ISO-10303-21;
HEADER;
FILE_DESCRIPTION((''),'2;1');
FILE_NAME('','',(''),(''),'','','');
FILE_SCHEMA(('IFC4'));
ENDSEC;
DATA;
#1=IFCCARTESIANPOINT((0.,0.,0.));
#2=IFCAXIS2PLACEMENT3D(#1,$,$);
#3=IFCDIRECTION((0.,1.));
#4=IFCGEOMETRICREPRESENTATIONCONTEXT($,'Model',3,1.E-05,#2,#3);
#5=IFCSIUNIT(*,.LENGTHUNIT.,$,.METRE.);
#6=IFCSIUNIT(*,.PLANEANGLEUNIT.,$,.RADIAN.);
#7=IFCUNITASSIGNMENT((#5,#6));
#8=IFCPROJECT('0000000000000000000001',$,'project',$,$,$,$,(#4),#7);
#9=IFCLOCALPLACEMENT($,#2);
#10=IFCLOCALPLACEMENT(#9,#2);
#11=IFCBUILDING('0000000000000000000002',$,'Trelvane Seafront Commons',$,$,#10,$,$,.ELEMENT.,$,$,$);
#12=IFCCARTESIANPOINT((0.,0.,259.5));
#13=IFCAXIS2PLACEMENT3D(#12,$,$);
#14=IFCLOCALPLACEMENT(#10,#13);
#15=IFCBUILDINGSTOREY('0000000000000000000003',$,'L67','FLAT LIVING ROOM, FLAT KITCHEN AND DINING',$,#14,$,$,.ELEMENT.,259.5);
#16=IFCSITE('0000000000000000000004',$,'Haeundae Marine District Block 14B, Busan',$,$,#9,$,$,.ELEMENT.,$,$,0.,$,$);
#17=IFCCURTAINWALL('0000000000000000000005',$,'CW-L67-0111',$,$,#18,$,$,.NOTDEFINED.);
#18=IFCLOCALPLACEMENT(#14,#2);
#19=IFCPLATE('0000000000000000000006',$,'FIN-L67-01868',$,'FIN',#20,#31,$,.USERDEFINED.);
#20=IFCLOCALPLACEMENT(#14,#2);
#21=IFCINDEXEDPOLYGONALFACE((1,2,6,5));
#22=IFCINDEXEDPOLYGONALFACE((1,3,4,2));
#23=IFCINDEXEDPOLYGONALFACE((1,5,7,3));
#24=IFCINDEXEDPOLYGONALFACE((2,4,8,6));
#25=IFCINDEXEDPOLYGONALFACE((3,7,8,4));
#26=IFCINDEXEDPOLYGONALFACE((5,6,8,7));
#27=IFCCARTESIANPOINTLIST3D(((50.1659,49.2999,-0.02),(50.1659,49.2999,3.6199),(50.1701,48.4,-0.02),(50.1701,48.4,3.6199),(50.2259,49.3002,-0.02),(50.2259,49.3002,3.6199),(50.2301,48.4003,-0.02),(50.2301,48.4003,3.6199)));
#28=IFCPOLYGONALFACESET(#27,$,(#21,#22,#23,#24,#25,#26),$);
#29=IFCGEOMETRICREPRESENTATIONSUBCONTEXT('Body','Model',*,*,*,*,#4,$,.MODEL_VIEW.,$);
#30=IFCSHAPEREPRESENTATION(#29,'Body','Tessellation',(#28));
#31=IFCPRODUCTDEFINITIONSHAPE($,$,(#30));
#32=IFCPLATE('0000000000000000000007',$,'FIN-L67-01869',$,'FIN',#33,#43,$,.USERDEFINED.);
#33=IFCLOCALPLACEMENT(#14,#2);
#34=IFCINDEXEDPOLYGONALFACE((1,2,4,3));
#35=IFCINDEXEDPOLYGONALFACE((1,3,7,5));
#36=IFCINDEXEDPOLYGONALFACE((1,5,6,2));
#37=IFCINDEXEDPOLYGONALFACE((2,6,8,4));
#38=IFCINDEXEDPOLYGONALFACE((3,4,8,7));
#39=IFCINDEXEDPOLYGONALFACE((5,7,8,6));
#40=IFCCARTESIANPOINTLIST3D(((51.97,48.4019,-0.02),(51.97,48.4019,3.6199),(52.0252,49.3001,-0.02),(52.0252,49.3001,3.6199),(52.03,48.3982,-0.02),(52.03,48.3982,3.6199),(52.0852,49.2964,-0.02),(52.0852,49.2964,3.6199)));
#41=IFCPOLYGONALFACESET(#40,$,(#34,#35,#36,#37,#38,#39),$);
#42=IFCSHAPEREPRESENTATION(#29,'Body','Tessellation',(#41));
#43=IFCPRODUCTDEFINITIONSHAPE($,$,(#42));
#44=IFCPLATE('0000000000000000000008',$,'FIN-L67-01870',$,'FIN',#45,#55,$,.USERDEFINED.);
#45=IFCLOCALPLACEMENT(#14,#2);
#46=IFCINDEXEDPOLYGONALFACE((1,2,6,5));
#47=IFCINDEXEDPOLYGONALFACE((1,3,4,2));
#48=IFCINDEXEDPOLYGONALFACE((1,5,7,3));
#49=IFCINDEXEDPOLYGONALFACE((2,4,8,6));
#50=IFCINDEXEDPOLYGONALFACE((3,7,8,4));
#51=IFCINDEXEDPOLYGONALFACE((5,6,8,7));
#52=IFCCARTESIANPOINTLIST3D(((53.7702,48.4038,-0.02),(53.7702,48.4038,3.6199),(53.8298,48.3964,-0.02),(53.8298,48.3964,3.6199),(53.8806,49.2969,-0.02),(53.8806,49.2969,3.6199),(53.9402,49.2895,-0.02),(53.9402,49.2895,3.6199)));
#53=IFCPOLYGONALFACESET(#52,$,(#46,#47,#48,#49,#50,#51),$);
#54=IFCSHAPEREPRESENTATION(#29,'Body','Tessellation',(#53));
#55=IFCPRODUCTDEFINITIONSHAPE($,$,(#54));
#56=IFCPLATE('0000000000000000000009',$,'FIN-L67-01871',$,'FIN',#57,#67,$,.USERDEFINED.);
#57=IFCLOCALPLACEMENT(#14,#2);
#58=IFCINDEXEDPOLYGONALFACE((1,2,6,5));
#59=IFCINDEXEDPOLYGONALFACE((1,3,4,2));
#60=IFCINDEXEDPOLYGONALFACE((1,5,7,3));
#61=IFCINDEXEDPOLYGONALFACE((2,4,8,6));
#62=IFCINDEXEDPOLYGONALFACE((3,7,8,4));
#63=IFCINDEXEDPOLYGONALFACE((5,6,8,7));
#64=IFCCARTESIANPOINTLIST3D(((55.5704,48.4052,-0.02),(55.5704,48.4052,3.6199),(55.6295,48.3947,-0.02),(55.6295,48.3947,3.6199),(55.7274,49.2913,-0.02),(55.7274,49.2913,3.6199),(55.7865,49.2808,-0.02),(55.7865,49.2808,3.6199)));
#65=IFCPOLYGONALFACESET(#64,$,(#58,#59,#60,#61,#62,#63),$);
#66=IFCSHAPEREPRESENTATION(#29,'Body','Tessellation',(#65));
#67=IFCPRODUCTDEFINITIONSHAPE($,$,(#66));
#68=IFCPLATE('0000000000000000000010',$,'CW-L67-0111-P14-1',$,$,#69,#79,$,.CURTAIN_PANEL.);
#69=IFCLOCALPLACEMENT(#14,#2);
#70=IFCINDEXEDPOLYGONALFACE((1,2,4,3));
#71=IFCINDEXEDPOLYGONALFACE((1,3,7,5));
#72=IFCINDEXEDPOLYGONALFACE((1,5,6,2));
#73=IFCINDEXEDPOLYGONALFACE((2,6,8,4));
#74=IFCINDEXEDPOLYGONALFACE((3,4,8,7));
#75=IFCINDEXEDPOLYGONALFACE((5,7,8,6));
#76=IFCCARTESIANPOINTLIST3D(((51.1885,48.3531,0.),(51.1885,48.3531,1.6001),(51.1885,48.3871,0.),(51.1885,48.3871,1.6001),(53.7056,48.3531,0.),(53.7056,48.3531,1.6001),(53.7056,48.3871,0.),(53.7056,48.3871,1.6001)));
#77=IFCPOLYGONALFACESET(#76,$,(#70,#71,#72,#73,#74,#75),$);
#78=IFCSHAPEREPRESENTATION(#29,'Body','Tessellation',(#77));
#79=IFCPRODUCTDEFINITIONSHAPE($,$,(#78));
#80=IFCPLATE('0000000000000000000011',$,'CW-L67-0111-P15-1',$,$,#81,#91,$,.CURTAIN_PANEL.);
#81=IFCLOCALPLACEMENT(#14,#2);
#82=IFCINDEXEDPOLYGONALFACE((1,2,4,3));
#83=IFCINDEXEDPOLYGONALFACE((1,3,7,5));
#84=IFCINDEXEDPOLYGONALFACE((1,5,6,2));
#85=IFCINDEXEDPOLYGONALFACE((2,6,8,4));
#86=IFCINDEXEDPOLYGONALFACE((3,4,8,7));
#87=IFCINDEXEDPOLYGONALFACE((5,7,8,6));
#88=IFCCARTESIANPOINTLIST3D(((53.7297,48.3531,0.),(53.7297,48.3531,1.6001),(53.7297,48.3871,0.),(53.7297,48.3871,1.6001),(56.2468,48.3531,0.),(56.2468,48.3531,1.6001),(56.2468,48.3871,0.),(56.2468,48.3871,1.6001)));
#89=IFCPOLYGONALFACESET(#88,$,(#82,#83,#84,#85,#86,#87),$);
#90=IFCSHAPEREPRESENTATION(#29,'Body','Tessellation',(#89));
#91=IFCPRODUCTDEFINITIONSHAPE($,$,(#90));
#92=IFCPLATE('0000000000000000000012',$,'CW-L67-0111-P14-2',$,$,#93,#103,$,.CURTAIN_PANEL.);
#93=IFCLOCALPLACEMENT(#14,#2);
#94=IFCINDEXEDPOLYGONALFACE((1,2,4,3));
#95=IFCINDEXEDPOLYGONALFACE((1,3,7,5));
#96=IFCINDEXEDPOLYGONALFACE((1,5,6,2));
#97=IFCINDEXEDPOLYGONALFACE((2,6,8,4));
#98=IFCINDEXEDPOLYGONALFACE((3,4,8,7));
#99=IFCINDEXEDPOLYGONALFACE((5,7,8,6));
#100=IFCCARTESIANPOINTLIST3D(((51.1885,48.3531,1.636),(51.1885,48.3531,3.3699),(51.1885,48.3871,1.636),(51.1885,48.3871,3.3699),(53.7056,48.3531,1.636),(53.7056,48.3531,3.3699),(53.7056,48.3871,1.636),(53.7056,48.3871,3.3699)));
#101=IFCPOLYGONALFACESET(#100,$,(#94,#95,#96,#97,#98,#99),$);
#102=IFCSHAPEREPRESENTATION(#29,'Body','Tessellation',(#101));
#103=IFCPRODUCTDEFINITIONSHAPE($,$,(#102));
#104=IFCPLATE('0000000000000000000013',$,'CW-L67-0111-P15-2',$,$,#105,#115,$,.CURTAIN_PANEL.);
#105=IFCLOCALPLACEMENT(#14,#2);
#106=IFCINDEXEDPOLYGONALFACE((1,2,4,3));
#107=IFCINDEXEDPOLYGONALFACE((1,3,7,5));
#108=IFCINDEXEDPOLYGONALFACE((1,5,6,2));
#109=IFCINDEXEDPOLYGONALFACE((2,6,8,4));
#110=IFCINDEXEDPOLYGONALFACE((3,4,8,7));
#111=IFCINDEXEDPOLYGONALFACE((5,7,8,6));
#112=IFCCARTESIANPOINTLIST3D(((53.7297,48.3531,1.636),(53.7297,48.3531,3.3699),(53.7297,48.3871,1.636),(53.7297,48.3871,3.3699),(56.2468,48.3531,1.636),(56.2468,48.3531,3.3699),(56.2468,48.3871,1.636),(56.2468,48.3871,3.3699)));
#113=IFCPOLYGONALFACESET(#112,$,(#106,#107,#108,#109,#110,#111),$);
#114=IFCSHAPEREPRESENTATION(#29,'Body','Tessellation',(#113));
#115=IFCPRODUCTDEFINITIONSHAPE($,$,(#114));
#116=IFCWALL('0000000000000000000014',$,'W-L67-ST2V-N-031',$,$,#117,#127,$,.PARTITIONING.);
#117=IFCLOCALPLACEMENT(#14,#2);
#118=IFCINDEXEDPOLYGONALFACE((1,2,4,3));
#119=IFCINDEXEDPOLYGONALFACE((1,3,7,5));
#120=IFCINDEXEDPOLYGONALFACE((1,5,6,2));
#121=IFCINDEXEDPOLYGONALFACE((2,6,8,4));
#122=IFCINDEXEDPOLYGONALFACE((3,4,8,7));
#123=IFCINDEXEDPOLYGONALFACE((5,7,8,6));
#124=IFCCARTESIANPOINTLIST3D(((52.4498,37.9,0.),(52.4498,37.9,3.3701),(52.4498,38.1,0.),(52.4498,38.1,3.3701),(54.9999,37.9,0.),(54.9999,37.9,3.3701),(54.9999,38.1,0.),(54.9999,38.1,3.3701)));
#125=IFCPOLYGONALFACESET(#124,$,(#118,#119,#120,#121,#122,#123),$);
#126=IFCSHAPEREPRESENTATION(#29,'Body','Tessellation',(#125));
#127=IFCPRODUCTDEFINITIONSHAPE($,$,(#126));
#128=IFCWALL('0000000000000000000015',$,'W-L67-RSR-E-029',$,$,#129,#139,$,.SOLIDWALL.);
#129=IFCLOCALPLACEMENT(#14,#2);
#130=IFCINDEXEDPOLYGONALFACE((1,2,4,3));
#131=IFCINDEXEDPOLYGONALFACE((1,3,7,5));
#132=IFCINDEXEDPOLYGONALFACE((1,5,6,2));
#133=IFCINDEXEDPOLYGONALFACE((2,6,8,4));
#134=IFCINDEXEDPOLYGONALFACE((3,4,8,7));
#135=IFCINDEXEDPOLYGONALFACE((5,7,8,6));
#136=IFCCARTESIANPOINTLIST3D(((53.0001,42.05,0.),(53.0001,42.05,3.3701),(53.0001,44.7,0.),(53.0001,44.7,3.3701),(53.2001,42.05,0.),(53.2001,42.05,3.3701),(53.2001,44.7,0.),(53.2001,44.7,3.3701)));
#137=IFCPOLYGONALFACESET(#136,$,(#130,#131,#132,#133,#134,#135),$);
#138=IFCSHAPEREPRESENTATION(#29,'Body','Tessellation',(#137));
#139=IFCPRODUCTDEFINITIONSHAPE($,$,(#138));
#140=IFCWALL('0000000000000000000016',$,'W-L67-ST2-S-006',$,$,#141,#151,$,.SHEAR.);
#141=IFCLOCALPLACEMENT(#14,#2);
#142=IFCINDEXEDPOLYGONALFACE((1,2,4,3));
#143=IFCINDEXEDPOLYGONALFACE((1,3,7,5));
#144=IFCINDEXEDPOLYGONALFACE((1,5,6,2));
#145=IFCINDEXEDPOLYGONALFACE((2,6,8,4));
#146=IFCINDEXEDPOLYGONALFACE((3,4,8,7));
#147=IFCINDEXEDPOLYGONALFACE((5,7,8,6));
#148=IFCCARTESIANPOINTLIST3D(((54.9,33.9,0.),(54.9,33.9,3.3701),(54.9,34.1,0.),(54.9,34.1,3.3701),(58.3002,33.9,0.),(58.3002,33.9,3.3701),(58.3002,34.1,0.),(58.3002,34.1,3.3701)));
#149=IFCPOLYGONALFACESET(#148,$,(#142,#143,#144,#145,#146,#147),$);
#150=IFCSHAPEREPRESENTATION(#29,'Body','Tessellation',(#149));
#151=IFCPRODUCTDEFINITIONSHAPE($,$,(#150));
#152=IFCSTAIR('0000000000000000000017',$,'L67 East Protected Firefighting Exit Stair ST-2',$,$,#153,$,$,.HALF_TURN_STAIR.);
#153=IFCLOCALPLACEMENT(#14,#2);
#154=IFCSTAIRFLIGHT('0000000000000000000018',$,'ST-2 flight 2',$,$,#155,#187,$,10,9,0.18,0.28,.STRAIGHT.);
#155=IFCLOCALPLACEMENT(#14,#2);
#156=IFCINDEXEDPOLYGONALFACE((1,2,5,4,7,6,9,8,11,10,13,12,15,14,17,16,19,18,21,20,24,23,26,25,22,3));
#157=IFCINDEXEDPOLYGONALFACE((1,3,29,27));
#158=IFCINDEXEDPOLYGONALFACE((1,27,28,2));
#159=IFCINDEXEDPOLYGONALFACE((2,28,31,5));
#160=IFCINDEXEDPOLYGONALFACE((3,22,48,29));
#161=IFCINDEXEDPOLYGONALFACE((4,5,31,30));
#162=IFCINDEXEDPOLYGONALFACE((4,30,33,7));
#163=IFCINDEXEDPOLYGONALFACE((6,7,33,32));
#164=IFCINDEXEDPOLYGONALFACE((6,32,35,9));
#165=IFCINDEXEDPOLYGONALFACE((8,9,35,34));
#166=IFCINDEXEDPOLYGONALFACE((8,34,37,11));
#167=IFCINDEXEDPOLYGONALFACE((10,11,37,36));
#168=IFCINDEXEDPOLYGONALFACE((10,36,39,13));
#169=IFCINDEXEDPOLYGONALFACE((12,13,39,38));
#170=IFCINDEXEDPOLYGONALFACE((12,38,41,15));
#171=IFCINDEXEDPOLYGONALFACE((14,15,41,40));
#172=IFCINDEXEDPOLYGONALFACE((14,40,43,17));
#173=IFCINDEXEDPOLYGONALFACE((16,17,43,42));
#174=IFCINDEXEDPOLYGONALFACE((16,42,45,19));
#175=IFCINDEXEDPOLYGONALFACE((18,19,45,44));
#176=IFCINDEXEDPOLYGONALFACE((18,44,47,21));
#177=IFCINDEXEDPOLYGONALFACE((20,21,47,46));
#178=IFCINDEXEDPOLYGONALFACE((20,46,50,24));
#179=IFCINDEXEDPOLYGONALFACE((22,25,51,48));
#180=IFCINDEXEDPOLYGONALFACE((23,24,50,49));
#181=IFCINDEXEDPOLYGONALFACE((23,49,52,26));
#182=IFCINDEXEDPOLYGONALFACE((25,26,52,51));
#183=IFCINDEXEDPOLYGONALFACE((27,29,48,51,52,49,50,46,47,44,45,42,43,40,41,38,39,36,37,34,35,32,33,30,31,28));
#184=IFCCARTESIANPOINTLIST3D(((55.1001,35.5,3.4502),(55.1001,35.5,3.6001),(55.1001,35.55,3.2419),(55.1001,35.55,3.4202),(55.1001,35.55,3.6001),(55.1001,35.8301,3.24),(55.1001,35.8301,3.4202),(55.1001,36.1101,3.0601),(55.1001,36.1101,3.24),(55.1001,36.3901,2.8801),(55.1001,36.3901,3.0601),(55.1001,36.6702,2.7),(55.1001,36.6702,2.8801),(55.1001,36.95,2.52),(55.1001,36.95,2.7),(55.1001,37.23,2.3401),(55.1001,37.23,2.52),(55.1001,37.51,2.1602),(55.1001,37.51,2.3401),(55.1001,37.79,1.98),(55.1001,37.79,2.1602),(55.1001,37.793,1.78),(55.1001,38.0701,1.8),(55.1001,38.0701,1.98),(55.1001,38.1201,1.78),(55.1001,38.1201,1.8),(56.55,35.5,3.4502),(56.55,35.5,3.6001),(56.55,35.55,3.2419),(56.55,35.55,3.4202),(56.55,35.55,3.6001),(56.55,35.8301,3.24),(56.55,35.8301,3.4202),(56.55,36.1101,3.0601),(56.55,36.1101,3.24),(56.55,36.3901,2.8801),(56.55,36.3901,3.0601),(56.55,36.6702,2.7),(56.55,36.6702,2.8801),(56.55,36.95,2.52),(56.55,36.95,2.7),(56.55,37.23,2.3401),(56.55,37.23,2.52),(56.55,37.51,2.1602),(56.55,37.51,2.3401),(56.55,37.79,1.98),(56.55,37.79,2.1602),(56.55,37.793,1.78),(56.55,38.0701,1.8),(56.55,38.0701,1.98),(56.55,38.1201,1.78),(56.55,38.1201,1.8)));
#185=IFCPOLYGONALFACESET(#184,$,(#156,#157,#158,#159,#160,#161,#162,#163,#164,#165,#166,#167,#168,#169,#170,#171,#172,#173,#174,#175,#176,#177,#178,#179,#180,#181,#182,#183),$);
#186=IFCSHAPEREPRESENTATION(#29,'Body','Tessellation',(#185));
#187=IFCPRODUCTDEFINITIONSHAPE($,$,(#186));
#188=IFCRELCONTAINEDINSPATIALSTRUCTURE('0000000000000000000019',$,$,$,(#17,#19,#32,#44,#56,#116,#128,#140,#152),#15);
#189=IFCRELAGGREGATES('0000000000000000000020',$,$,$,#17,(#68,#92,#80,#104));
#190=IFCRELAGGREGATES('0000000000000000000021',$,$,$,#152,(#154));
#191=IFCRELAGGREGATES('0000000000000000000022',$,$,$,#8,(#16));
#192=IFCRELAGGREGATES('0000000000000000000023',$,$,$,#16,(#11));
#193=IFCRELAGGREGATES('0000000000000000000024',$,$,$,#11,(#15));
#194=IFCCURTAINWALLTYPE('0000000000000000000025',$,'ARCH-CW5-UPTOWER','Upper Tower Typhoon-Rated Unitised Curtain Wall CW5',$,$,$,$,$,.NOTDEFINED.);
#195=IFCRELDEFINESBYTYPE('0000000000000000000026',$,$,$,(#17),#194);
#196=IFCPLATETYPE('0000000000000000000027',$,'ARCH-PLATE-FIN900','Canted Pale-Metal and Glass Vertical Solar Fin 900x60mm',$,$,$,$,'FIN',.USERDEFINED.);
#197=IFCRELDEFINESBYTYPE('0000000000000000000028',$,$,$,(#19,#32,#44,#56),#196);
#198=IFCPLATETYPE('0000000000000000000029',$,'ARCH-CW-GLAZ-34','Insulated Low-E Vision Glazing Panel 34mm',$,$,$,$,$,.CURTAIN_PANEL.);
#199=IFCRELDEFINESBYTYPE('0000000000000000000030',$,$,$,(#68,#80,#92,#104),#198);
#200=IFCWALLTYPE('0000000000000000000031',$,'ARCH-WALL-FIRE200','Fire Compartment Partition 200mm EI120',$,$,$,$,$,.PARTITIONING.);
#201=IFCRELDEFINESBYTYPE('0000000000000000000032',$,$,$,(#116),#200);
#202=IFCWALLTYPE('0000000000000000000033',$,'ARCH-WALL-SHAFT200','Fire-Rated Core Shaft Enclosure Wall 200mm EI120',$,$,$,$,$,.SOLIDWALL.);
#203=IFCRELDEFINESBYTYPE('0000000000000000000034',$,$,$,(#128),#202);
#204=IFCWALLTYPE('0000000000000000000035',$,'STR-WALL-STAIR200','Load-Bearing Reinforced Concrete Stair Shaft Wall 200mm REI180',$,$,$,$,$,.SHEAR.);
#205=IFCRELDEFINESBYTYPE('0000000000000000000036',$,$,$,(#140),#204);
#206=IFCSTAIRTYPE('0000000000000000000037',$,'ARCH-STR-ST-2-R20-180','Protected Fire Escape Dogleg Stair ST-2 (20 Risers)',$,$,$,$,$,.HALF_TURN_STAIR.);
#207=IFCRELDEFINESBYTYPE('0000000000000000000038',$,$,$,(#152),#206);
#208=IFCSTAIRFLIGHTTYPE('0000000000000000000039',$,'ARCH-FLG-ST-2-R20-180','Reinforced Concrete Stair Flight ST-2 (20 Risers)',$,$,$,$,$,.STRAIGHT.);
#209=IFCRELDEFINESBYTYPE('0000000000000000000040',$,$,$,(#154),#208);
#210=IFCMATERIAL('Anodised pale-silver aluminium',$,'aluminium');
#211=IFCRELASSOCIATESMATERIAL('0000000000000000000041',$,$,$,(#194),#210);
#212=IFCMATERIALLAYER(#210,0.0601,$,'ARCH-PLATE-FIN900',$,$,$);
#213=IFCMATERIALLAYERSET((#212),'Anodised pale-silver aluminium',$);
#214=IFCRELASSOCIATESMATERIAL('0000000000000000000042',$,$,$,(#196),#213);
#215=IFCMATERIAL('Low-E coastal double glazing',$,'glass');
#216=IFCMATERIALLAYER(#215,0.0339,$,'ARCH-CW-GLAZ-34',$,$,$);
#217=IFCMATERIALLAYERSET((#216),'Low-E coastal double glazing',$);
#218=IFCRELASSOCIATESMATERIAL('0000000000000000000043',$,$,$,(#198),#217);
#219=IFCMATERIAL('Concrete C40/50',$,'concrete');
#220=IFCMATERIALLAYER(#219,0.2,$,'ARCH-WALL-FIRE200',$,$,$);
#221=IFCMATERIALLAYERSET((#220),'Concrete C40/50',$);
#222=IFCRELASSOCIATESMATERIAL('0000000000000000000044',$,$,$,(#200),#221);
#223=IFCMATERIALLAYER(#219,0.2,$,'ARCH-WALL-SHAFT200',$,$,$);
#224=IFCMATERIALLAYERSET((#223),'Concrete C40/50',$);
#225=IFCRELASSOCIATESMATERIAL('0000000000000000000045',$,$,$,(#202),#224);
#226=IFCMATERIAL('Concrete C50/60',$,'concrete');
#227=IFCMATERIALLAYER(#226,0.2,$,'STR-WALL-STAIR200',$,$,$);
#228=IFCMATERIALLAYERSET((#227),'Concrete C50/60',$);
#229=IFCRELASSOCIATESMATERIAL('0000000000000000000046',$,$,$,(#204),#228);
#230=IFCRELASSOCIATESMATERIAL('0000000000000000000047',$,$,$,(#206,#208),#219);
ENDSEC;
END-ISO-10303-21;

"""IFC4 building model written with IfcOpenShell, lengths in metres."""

from ifc_helpers import new_model, si_unit, direction, frame, frame_2d, origin, origin_2d, place, context, subcontext, project, spatial, polyline, rectangle, outline, extrude, source, transform, mapped, material, layer, layer_set, type_object, element, aggregate, save


model = new_model("IFC4")

# Units and contexts
model_context = context("Model", 3, precision=1e-05, world=origin(), true_north=direction((0.0, 1.0)))
body_context = subcontext(model_context, "Body", "Model", "MODEL_VIEW")
ifc_project = project(units=[si_unit("LENGTHUNIT", "METRE"), si_unit("PLANEANGLEUNIT", "RADIAN")], contexts=[model_context])

# Site, building, storey
site_placement = place(None, origin())
site = spatial("IfcSite", under=ifc_project, at=site_placement, Name="Haeundae Marine District Block 14B, Busan", CompositionType="ELEMENT", RefElevation=0.0)
building_placement = place(site_placement, origin())
building = spatial("IfcBuilding", under=site, at=building_placement, Name="Trelvane Seafront Commons", CompositionType="ELEMENT")
storey_placement = place(building_placement, frame((0.0, 0.0, 259.5)))
storey = spatial("IfcBuildingStorey", under=building, at=storey_placement, Name="L67", Description="FLAT LIVING ROOM, FLAT KITCHEN AND DINING", CompositionType="ELEMENT", Elevation=259.5)

# Shared definitions
ifc_material_1 = material(Name="Concrete C50/60", Category="concrete")

# Curtain wall
ifc_material_2 = material(Name="Anodised pale-silver aluminium", Category="aluminium")
curtain_wall_type = type_object("IfcCurtainWallType", Name="ARCH-CW5-UPTOWER", Description="Upper Tower Typhoon-Rated Unitised Curtain Wall CW5", PredefinedType="NOTDEFINED", material=ifc_material_2)
curtain_wall_placement = place(storey_placement, origin())
curtain_wall = element("IfcCurtainWall", 1, at=curtain_wall_placement, inside=storey, type_object=curtain_wall_type, Name="CW-L67-0111", PredefinedType="NOTDEFINED")

# Plates
ifc_layer_1 = layer(ifc_material_2, 0.0601, Name="ARCH-PLATE-FIN900")
ifc_layer_set_1 = layer_set([ifc_layer_1], Name="Anodised pale-silver aluminium")
plate_type_1 = type_object("IfcPlateType", Name="ARCH-PLATE-FIN900", Description="Canted Pale-Metal and Glass Vertical Solar Fin 900x60mm", ElementType="FIN", PredefinedType="USERDEFINED", material=ifc_layer_set_1)
shared_shape_1 = source(origin(), body_context, "Body", "SweptSolid", [
    extrude(rectangle(XDim=0.8999, YDim=0.0601, at=origin_2d()), origin(), (0.0, 0.0, 1.0), 3.6399),
])
for number, where, z_axis, x_axis, name in (
    (2, (50.198, 48.8501, -0.02), (0.0, 0.0, 1.0), (-0.004667, 0.999989, 0.0), "FIN-L67-01868"),
    (3, (52.0276, 48.8491, -0.02), (0.0, 0.0, 1.0), (0.061334, 0.998117, 0.0), "FIN-L67-01869"),
    (4, (53.8552, 48.8467, -0.02), (0.0, 0.0, 1.0), (0.122668, 0.992448, 0.0), "FIN-L67-01870"),
    (5, (55.6785, 48.843, -0.02), (0.0, 0.0, 1.0), (0.174444, 0.984667, 0.0), "FIN-L67-01871"),
):
    element("IfcPlate", number, at=place(storey_placement, frame(where, z_axis=z_axis, x_axis=x_axis)), inside=storey, type_object=plate_type_1, Name=name, ObjectType="FIN", PredefinedType="USERDEFINED", context=body_context, shape_type="MappedRepresentation", body=[
        mapped(shared_shape_1, transform((0.0, 0.0, 0.0), x_axis=(1.0, 0.0, 0.0), y_axis=(0.0, 1.0, 0.0), z_axis=(0.0, 0.0, 1.0), scale=1.0)),
    ])

# Plates
ifc_material_3 = material(Name="Low-E coastal double glazing", Category="glass")
ifc_layer_2 = layer(ifc_material_3, 0.0339, Name="ARCH-CW-GLAZ-34")
ifc_layer_set_2 = layer_set([ifc_layer_2], Name="Low-E coastal double glazing")
plate_type_2 = type_object("IfcPlateType", Name="ARCH-CW-GLAZ-34", Description="Insulated Low-E Vision Glazing Panel 34mm", PredefinedType="CURTAIN_PANEL", material=ifc_layer_set_2)
shared_shape_2 = source(origin(), body_context, "Body", "SweptSolid", [
    extrude(rectangle(XDim=2.5171, YDim=0.0339, at=origin_2d()), origin(), (0.0, 0.0, 1.0), 1.6001),
])
plate_1_placement = place(storey_placement, frame((52.447, 48.3701, 0.0), z_axis=(0.0, 0.0, 1.0), x_axis=(1.0, 0.0, 0.0)))
plate_1 = element("IfcPlate", 6, at=plate_1_placement, type_object=plate_type_2, Name="CW-L67-0111-P14-1", PredefinedType="CURTAIN_PANEL", context=body_context, shape_type="MappedRepresentation", body=[
    mapped(shared_shape_2, transform((0.0, 0.0, 0.0), x_axis=(1.0, 0.0, 0.0), y_axis=(0.0, 1.0, 0.0), z_axis=(0.0, 0.0, 1.0), scale=1.0)),
])
plate_2_placement = place(storey_placement, frame((54.9883, 48.3701, 0.0), z_axis=(0.0, 0.0, 1.0), x_axis=(1.0, 0.0, 0.0)))
plate_2 = element("IfcPlate", 7, at=plate_2_placement, type_object=plate_type_2, Name="CW-L67-0111-P15-1", PredefinedType="CURTAIN_PANEL", context=body_context, shape_type="MappedRepresentation", body=[
    mapped(shared_shape_2, transform((0.0, 0.0, 0.0), x_axis=(1.0, 0.0, 0.0), y_axis=(0.0, 1.0, 0.0), z_axis=(0.0, 0.0, 1.0), scale=1.0)),
])
shared_shape_3 = source(origin(), body_context, "Body", "SweptSolid", [
    extrude(rectangle(XDim=2.5171, YDim=0.0339, at=origin_2d()), origin(), (0.0, 0.0, 1.0), 1.7339),
])
plate_3_placement = place(storey_placement, frame((52.447, 48.3701, 1.636), z_axis=(0.0, 0.0, 1.0), x_axis=(1.0, 0.0, 0.0)))
plate_3 = element("IfcPlate", 8, at=plate_3_placement, type_object=plate_type_2, Name="CW-L67-0111-P14-2", PredefinedType="CURTAIN_PANEL", context=body_context, shape_type="MappedRepresentation", body=[
    mapped(shared_shape_3, transform((0.0, 0.0, 0.0), x_axis=(1.0, 0.0, 0.0), y_axis=(0.0, 1.0, 0.0), z_axis=(0.0, 0.0, 1.0), scale=1.0)),
])
plate_4_placement = place(storey_placement, frame((54.9883, 48.3701, 1.636), z_axis=(0.0, 0.0, 1.0), x_axis=(1.0, 0.0, 0.0)))
plate_4 = element("IfcPlate", 9, at=plate_4_placement, type_object=plate_type_2, Name="CW-L67-0111-P15-2", PredefinedType="CURTAIN_PANEL", context=body_context, shape_type="MappedRepresentation", body=[
    mapped(shared_shape_3, transform((0.0, 0.0, 0.0), x_axis=(1.0, 0.0, 0.0), y_axis=(0.0, 1.0, 0.0), z_axis=(0.0, 0.0, 1.0), scale=1.0)),
])
aggregate(curtain_wall, [plate_1, plate_3, plate_2, plate_4])

# Walls
ifc_material_4 = material(Name="Concrete C40/50", Category="concrete")
ifc_layer_3 = layer(ifc_material_4, 0.2, Name="ARCH-WALL-FIRE200")
ifc_layer_set_3 = layer_set([ifc_layer_3], Name="Concrete C40/50")
wall_type_1 = type_object("IfcWallType", Name="ARCH-WALL-FIRE200", Description="Fire Compartment Partition 200mm EI120", PredefinedType="PARTITIONING", material=ifc_layer_set_3)
wall_1_placement = place(storey_placement, frame((52.45, 38.0, 0.0), z_axis=(0.0, 0.0, 1.0), x_axis=(1.0, 0.0, 0.0)))
element("IfcWall", 10, at=wall_1_placement, inside=storey, type_object=wall_type_1, Name="W-L67-ST2V-N-031", PredefinedType="PARTITIONING", context=body_context, shape_type="SweptSolid", body=[
    extrude(rectangle(XDim=2.55, YDim=0.2, at=frame_2d((1.2749, 0.0))), origin(), (0.0, 0.0, 1.0), 3.3701),
])
ifc_layer_4 = layer(ifc_material_4, 0.2, Name="ARCH-WALL-SHAFT200")
ifc_layer_set_4 = layer_set([ifc_layer_4], Name="Concrete C40/50")
wall_type_2 = type_object("IfcWallType", Name="ARCH-WALL-SHAFT200", Description="Fire-Rated Core Shaft Enclosure Wall 200mm EI120", PredefinedType="SOLIDWALL", material=ifc_layer_set_4)
wall_2_placement = place(storey_placement, frame((53.1001, 42.05, 0.0), z_axis=(0.0, 0.0, 1.0), x_axis=(0.0, 1.0, 0.0)))
element("IfcWall", 11, at=wall_2_placement, inside=storey, type_object=wall_type_2, Name="W-L67-RSR-E-029", PredefinedType="SOLIDWALL", context=body_context, shape_type="SweptSolid", body=[
    extrude(rectangle(XDim=2.6499, YDim=0.2, at=frame_2d((1.325, 0.0))), origin(), (0.0, 0.0, 1.0), 3.3701),
])
ifc_layer_5 = layer(ifc_material_1, 0.2, Name="STR-WALL-STAIR200")
ifc_layer_set_5 = layer_set([ifc_layer_5], Name="Concrete C50/60")
wall_type_3 = type_object("IfcWallType", Name="STR-WALL-STAIR200", Description="Load-Bearing Reinforced Concrete Stair Shaft Wall 200mm REI180", PredefinedType="SHEAR", material=ifc_layer_set_5)
wall_3_placement = place(storey_placement, frame((54.8999, 34.0, 0.0), z_axis=(0.0, 0.0, 1.0), x_axis=(1.0, 0.0, 0.0)))
element("IfcWall", 12, at=wall_3_placement, inside=storey, type_object=wall_type_3, Name="W-L67-ST2-S-006", PredefinedType="SHEAR", context=body_context, shape_type="SweptSolid", body=[
    extrude(rectangle(XDim=3.4001, YDim=0.2, at=frame_2d((1.7002, 0.0))), origin(), (0.0, 0.0, 1.0), 3.3701),
])

# Stair, stair flight
stair_type = type_object("IfcStairType", Name="ARCH-STR-ST-2-R20-180", Description="Protected Fire Escape Dogleg Stair ST-2 (20 Risers)", PredefinedType="HALF_TURN_STAIR", material=ifc_material_4)
stair_placement = place(storey_placement, origin())
stair = element("IfcStair", 13, at=stair_placement, inside=storey, type_object=stair_type, Name="L67 East Protected Firefighting Exit Stair ST-2", PredefinedType="HALF_TURN_STAIR")
stair_flight_type = type_object("IfcStairFlightType", Name="ARCH-FLG-ST-2-R20-180", Description="Reinforced Concrete Stair Flight ST-2 (20 Risers)", PredefinedType="STRAIGHT", material=ifc_material_4)
shared_shape_4 = source(origin(), body_context, "Body", "SweptSolid", [
    extrude(outline(polyline([(-0.05, -0.02), (-0.05, 0.0), (0.0, 0.0), (0.0, 0.1799), (0.28, 0.1799), (0.28, 0.3601), (0.5601, 0.3601), (0.5601, 0.54), (0.8401, 0.54), (0.8401, 0.72), (1.1201, 0.72), (1.1201, 0.8999), (1.3999, 0.8999), (1.3999, 1.0801), (1.6799, 1.0801), (1.6799, 1.26), (1.96, 1.26), (1.96, 1.4399), (2.24, 1.4399), (2.24, 1.6201), (2.52, 1.6201), (2.52, 1.8), (2.5701, 1.8), (2.5701, 1.6501), (2.52, 1.4419), (0.2771, -0.02), (-0.05, -0.02)])), frame((0.0, 0.7251, 0.0), z_axis=(0.0, -1.0, 0.0), x_axis=(1.0, 0.0, 0.0)), (0.0, 0.0, 1.0), 1.45),
])
stair_flight_placement = place(storey_placement, frame((55.825, 38.0701, 1.8), z_axis=(0.0, 0.0, 1.0), x_axis=(0.0, -1.0, 0.0)))
stair_flight = element("IfcStairFlight", 14, at=stair_flight_placement, type_object=stair_flight_type, Name="ST-2 flight 2", NumberOfRisers=10, NumberOfTreads=9, PredefinedType="STRAIGHT", RiserHeight=0.18, TreadLength=0.28, context=body_context, shape_type="MappedRepresentation", body=[
    mapped(shared_shape_4, transform((0.0, 0.0, 0.0), x_axis=(1.0, 0.0, 0.0), y_axis=(0.0, 1.0, 0.0), z_axis=(0.0, 0.0, 1.0), scale=1.0)),
])
aggregate(stair, [stair_flight])

save(model, "model.ifc")
